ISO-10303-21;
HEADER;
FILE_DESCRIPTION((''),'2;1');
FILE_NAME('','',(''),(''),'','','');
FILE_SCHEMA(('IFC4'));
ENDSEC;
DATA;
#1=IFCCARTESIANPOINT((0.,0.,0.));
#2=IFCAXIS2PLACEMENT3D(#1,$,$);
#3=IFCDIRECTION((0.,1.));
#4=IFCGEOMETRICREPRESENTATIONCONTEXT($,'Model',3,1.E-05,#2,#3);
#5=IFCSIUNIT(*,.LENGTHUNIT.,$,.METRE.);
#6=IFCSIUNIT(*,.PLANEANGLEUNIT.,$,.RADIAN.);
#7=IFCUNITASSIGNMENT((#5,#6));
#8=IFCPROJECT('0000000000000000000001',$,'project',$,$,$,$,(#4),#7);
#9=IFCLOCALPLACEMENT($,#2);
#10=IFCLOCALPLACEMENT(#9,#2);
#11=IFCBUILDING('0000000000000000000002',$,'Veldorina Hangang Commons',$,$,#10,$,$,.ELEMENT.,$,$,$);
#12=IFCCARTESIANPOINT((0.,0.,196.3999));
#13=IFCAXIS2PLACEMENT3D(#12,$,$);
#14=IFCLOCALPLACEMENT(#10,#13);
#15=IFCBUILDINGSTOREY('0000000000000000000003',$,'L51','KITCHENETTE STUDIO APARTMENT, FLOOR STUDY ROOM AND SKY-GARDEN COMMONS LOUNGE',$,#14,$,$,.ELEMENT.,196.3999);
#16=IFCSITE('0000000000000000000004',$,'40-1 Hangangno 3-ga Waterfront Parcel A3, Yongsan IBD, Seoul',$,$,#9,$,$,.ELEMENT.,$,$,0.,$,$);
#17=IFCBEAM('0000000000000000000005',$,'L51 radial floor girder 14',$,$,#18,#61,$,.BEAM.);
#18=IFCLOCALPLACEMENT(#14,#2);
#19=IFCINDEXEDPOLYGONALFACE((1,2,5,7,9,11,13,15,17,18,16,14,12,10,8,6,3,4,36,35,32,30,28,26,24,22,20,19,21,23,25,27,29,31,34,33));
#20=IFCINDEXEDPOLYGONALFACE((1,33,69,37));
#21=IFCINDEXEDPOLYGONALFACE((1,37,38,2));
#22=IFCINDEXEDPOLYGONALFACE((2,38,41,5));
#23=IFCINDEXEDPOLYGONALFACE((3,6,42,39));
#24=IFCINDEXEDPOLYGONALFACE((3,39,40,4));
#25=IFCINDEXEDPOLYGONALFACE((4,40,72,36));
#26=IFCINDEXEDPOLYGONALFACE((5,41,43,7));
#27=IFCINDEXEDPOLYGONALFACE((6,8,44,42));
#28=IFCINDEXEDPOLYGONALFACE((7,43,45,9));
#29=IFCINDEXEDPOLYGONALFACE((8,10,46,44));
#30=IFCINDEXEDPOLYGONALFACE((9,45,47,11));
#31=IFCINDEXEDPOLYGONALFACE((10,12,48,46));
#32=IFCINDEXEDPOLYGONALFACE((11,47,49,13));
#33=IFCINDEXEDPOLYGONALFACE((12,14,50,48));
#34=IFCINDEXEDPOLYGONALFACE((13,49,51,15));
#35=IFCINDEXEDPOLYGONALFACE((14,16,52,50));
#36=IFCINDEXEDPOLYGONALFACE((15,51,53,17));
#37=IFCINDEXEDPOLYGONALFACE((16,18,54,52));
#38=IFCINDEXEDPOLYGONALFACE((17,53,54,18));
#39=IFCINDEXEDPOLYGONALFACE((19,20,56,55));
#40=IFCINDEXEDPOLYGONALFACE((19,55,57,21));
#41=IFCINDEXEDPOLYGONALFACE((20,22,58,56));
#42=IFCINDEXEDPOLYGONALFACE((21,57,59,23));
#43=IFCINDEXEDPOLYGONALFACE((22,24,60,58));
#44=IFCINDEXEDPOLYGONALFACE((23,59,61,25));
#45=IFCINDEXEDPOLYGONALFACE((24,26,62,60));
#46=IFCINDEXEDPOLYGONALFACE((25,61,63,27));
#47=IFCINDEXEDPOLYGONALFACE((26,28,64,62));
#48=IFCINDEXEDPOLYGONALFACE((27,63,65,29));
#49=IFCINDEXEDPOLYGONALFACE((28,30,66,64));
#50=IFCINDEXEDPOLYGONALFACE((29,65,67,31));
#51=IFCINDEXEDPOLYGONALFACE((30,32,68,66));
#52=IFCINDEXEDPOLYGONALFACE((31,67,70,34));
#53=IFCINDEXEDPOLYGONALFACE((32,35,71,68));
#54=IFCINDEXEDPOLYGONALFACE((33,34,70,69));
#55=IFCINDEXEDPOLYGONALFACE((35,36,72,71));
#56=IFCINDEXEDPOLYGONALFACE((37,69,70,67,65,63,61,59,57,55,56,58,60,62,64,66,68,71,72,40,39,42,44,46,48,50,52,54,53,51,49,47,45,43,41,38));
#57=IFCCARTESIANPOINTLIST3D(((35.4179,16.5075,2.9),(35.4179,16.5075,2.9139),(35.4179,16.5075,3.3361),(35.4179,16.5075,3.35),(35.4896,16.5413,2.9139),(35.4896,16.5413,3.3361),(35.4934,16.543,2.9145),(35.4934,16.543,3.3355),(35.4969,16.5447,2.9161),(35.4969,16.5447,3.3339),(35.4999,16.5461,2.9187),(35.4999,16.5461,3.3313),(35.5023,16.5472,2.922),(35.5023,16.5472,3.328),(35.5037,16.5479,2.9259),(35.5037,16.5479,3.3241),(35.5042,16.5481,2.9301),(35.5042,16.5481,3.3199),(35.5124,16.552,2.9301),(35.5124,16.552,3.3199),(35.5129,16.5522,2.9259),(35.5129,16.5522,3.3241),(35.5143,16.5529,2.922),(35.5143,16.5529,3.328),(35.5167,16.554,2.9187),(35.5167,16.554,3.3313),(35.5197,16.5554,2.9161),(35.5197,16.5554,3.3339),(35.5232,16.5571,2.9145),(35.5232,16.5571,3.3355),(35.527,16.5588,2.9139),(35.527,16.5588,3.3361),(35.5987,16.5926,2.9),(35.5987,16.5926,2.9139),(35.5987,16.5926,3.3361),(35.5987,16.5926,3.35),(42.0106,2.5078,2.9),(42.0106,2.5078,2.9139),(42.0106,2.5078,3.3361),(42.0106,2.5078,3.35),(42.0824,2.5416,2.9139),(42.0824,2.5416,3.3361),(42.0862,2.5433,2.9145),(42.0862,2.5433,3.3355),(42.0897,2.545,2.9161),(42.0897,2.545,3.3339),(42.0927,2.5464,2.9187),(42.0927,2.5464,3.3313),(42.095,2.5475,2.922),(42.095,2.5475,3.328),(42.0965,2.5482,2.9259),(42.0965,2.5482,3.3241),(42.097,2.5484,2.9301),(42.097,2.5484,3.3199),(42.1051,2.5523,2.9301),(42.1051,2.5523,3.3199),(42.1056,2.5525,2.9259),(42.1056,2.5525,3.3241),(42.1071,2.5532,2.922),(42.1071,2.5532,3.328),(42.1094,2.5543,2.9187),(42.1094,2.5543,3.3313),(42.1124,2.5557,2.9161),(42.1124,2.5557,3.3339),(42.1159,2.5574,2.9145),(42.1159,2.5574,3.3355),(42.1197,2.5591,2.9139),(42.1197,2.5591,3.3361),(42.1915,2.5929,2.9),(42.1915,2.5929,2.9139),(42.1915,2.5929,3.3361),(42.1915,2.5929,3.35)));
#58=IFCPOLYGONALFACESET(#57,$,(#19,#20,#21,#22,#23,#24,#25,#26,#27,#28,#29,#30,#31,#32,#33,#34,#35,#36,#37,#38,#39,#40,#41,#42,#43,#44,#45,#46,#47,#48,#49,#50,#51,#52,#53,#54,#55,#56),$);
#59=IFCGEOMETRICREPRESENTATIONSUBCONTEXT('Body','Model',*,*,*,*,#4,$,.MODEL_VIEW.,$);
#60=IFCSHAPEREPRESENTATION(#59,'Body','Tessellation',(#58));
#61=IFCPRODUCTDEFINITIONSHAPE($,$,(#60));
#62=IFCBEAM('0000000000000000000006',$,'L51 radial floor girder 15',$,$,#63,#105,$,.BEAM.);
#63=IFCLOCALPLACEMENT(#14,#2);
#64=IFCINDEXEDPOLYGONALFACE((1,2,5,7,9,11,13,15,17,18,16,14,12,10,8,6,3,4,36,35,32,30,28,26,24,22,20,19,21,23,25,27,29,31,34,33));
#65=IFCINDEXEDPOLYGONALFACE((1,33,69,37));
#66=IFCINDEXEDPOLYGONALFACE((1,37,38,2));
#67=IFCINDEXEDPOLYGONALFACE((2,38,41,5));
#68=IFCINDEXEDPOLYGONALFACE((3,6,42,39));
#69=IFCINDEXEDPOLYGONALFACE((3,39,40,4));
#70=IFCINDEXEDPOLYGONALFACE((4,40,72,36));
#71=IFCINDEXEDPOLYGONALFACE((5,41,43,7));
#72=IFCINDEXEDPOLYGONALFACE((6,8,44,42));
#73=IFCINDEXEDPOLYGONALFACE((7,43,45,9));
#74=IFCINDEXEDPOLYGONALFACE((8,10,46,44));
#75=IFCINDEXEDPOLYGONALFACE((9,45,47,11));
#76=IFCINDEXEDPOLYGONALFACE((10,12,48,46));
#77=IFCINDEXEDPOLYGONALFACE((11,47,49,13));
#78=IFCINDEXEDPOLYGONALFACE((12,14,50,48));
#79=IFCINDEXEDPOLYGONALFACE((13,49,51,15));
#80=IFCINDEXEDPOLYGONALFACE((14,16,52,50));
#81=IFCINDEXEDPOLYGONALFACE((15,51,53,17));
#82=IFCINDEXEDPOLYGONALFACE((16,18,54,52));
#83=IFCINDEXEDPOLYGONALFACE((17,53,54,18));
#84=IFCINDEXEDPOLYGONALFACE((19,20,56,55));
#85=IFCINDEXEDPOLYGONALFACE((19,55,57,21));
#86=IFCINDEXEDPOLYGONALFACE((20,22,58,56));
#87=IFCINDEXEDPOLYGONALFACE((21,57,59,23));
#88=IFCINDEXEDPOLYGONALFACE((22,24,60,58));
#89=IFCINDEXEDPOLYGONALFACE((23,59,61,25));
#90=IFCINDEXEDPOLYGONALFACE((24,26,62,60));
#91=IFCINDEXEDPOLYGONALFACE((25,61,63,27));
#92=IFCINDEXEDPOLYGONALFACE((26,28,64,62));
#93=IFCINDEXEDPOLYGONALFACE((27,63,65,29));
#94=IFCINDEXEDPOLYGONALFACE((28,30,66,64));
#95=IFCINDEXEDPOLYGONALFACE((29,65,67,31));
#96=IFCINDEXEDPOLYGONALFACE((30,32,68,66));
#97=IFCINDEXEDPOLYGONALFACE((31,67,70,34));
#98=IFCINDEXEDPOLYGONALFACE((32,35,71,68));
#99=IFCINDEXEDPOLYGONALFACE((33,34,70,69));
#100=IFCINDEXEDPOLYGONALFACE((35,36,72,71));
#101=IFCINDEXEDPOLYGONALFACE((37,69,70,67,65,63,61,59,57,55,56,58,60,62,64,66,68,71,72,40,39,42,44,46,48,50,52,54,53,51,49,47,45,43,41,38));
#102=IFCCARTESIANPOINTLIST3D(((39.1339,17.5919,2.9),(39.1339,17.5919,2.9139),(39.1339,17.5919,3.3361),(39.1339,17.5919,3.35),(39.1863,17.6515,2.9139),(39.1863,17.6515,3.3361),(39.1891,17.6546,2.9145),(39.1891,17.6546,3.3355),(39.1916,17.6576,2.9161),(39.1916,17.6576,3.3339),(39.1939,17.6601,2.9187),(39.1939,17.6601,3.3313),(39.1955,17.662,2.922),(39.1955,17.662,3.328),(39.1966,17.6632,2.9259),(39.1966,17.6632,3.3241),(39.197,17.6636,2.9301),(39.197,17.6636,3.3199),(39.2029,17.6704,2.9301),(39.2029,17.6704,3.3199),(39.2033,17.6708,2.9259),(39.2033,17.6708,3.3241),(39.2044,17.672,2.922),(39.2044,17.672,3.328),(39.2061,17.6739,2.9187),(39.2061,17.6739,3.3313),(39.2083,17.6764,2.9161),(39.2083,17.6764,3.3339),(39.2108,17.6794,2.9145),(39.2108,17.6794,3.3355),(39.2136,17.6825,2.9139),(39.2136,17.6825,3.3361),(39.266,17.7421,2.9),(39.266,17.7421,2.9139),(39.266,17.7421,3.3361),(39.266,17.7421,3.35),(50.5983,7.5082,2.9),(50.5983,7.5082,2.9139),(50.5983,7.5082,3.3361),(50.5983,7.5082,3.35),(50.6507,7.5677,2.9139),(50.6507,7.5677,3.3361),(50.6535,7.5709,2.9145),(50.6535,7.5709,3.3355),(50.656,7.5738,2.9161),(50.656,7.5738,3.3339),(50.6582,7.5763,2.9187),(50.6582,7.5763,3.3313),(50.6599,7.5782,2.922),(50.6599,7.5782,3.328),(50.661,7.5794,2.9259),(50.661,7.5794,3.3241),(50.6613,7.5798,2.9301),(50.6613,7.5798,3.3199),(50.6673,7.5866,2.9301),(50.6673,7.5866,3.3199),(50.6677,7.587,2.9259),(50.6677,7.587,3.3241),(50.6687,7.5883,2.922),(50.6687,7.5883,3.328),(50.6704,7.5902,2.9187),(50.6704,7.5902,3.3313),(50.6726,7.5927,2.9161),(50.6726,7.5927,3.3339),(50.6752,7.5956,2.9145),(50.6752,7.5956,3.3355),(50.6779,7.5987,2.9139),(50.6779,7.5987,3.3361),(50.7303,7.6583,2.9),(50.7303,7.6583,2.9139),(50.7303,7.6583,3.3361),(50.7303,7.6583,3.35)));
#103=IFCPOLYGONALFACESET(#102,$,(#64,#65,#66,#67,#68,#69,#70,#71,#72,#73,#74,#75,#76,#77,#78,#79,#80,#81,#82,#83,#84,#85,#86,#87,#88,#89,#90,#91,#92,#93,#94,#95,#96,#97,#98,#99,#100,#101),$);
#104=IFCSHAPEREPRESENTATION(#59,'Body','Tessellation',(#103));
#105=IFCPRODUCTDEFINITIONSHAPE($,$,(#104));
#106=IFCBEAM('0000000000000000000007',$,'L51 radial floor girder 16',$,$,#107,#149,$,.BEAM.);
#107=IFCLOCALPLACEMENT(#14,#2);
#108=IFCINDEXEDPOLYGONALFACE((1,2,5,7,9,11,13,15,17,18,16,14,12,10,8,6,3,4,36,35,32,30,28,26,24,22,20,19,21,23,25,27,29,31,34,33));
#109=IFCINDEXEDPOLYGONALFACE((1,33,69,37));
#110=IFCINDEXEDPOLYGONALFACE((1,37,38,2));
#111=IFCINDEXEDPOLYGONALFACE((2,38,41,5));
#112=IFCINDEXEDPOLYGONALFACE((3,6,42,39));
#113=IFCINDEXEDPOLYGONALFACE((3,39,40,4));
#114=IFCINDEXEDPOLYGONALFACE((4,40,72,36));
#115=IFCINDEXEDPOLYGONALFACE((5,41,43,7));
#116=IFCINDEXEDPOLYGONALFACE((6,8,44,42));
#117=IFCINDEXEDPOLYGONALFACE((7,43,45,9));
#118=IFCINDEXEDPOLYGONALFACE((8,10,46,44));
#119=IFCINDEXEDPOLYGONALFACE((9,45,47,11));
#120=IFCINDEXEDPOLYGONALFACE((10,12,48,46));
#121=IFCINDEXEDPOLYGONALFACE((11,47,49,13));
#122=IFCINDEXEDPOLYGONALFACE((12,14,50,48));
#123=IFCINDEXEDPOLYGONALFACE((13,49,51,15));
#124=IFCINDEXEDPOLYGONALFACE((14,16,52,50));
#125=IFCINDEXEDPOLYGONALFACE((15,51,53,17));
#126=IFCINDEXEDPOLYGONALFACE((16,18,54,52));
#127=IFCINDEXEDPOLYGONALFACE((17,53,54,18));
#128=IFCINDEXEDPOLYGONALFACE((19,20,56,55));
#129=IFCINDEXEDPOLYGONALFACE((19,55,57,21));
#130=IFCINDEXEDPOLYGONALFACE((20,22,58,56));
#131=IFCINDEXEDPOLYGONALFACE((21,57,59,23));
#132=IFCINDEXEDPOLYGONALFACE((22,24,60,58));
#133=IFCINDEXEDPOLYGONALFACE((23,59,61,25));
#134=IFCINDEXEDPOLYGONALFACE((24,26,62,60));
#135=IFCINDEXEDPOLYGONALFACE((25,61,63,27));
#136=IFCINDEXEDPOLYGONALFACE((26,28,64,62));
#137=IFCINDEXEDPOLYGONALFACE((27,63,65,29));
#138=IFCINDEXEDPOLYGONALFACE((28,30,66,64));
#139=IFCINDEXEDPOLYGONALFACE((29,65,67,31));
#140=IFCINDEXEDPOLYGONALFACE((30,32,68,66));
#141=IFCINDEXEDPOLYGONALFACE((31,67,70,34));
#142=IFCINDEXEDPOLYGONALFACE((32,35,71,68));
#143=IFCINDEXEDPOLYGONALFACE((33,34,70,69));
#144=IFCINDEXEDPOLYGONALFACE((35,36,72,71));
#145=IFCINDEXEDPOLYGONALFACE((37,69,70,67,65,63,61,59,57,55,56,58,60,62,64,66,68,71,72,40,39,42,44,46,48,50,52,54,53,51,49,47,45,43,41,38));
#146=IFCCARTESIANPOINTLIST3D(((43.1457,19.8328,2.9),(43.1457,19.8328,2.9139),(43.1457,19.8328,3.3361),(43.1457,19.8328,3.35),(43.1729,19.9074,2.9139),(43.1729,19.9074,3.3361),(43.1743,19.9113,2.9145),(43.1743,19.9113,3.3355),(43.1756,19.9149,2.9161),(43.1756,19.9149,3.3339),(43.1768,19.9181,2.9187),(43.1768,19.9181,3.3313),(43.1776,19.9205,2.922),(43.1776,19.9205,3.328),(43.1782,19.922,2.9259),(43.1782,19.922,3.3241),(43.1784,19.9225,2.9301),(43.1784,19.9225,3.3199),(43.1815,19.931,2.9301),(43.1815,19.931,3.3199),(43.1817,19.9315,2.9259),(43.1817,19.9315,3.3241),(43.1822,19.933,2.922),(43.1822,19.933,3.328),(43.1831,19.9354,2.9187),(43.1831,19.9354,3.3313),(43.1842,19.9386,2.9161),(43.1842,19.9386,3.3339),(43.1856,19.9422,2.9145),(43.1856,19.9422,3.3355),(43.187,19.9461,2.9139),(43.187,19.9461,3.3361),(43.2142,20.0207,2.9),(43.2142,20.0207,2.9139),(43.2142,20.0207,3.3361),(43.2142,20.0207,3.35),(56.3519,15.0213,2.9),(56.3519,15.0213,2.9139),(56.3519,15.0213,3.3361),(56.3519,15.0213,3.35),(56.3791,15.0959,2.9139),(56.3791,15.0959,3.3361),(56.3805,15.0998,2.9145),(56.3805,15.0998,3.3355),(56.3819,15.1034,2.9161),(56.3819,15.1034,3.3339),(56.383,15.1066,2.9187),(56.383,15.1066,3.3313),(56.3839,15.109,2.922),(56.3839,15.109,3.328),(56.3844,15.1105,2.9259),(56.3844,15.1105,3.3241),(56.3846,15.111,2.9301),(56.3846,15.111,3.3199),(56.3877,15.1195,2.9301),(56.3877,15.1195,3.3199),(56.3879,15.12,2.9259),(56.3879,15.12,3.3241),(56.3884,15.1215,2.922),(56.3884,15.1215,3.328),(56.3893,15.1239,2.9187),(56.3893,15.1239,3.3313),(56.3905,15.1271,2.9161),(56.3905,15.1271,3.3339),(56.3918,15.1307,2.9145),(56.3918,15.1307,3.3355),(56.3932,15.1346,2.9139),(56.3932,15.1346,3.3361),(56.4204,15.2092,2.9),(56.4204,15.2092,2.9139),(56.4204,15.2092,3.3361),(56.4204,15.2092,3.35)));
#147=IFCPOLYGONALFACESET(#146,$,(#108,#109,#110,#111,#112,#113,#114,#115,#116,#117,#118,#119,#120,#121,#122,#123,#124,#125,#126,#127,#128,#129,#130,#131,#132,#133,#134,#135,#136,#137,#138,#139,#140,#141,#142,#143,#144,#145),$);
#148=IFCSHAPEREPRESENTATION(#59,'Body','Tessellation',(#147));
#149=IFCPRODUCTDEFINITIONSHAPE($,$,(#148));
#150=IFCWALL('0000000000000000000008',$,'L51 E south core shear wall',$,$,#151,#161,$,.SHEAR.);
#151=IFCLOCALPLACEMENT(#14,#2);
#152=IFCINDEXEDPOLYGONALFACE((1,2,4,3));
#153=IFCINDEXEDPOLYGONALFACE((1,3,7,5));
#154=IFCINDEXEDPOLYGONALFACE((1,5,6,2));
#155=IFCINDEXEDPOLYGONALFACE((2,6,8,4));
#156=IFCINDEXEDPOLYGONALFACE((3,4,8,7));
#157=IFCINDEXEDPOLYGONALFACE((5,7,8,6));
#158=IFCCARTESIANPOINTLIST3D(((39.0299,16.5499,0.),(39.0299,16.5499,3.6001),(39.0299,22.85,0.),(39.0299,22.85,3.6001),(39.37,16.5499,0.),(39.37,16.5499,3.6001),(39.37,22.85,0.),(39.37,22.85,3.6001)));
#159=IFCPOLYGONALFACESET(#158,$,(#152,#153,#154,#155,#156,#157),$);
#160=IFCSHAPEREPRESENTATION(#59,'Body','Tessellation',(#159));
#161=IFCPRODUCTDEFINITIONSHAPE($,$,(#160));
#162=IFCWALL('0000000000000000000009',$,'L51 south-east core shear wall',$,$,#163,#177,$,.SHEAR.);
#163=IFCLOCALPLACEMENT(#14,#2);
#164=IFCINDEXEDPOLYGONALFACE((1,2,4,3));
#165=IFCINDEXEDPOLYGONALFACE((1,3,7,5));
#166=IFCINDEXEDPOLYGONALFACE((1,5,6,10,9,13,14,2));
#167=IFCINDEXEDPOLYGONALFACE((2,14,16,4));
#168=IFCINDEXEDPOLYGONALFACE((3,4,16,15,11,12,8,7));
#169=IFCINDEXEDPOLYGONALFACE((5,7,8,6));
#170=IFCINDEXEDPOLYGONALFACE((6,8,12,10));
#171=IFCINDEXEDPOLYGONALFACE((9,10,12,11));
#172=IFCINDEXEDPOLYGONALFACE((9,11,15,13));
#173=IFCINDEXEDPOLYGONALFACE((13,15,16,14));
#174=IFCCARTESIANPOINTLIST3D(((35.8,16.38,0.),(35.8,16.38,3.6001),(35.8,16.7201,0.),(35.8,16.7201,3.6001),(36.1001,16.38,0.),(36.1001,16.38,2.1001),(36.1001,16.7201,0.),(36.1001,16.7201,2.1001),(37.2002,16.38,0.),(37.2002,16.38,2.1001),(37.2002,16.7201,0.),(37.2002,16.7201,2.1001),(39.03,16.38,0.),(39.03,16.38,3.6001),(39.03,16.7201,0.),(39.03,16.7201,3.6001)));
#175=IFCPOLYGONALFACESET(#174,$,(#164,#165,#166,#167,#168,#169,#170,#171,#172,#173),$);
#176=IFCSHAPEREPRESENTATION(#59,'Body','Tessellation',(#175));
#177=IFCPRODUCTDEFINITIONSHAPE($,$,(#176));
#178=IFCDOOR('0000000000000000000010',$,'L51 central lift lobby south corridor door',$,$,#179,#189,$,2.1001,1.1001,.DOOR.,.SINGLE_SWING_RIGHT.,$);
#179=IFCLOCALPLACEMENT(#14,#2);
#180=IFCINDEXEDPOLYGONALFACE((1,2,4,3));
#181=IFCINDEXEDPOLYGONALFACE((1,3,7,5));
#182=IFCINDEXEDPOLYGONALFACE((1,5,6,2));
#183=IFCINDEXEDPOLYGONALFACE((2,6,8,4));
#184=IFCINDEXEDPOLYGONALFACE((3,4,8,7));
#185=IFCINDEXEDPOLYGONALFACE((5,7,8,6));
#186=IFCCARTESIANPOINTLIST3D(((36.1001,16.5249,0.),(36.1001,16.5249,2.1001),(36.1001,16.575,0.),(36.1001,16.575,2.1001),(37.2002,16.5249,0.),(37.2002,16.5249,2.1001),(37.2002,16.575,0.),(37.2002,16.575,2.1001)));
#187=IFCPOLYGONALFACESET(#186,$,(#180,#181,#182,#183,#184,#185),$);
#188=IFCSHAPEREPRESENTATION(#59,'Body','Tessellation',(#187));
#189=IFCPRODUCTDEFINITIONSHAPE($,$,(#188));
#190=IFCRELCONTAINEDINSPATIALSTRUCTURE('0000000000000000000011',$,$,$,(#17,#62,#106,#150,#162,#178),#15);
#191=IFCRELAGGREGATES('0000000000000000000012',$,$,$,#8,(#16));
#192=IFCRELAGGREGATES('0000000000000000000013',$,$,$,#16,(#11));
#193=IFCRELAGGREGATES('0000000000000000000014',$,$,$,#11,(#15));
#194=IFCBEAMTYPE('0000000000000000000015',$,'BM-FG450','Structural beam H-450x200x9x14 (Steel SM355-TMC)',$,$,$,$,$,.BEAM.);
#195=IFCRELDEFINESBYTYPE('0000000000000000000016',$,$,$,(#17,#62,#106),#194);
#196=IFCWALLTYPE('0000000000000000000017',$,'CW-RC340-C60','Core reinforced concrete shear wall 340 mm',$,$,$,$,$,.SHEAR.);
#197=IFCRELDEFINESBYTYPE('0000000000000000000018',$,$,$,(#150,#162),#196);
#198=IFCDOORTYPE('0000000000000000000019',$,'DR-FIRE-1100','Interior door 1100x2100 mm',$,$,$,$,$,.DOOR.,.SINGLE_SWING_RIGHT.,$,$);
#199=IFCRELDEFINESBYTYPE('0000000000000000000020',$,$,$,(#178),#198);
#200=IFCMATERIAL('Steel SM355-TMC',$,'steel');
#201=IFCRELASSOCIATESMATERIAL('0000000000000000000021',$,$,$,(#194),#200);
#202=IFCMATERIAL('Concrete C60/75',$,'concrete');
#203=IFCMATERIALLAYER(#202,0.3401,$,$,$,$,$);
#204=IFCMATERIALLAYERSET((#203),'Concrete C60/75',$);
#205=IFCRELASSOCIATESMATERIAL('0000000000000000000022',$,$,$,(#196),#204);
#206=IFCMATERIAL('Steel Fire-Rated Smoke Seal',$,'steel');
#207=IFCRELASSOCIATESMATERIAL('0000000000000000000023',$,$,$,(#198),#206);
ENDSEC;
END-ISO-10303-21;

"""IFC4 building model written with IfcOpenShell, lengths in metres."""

from ifc_helpers import new_model, si_unit, direction, frame, frame_2d, origin, origin_2d, place, context, subcontext, project, spatial, rectangle, i_section, extrude, material, layer, layer_set, material_profile, profile_set, type_object, element, fill, save


model = new_model("IFC4")

# Units and contexts
model_context = context("Model", 3, precision=1e-05, world=origin(), true_north=direction((0.0, 1.0)))
body_context = subcontext(model_context, "Body", "Model", "MODEL_VIEW")
ifc_project = project(units=[si_unit("LENGTHUNIT", "METRE"), si_unit("PLANEANGLEUNIT", "RADIAN")], contexts=[model_context])

# Site, building, storey
site_placement = place(None, origin())
site = spatial("IfcSite", under=ifc_project, at=site_placement, Name="40-1 Hangangno 3-ga Waterfront Parcel A3, Yongsan IBD, Seoul", CompositionType="ELEMENT", RefElevation=0.0)
building_placement = place(site_placement, origin())
building = spatial("IfcBuilding", under=site, at=building_placement, Name="Veldorina Hangang Commons", CompositionType="ELEMENT")
storey_placement = place(building_placement, frame((0.0, 0.0, 196.3999)))
storey = spatial("IfcBuildingStorey", under=building, at=storey_placement, Name="L51", Description="KITCHENETTE STUDIO APARTMENT, FLOOR STUDY ROOM AND SKY-GARDEN COMMONS LOUNGE", CompositionType="ELEMENT", Elevation=196.3999)

# Beams
ifc_material_1 = material(Name="Steel SM355-TMC", Category="steel")
ifc_material_profile = material_profile(ifc_material_1, i_section(OverallWidth=0.2, OverallDepth=0.45, WebThickness=0.009, FlangeThickness=0.0139, FilletRadius=0.0161, at=origin_2d()), Name="H-450x200x9x14")
ifc_profile_set = profile_set([ifc_material_profile], Name="Steel SM355-TMC")
beam_type = type_object("IfcBeamType", Name="BM-FG450", Description="Structural beam H-450x200x9x14 (Steel SM355-TMC)", PredefinedType="BEAM", material=ifc_profile_set)
beam_1_placement = place(storey_placement, frame((35.5083, 16.55, 3.125), z_axis=(0.426043, -0.904703, 0.0), x_axis=(0.904703, 0.426043, 0.0)))
element("IfcBeam", 1, at=beam_1_placement, inside=storey, type_object=beam_type, Name="L51 radial floor girder 14", PredefinedType="BEAM", context=body_context, shape_type="SweptSolid", body=[
    extrude(i_section(OverallWidth=0.2, OverallDepth=0.45, WebThickness=0.009, FlangeThickness=0.0139, FilletRadius=0.0161, at=origin_2d()), origin(), (0.0, 0.0, 1.0), 15.4744),
])
beam_2_placement = place(storey_placement, frame((39.2, 17.667, 3.125), z_axis=(0.750872, -0.660447, 0.0), x_axis=(0.660447, 0.750872, 0.0)))
element("IfcBeam", 2, at=beam_2_placement, inside=storey, type_object=beam_type, Name="L51 radial floor girder 15", PredefinedType="BEAM", context=body_context, shape_type="SweptSolid", body=[
    extrude(i_section(OverallWidth=0.2, OverallDepth=0.45, WebThickness=0.009, FlangeThickness=0.0139, FilletRadius=0.0161, at=origin_2d()), origin(), (0.0, 0.0, 1.0), 15.2681),
])
beam_3_placement = place(storey_placement, frame((43.1799, 19.9268, 3.125), z_axis=(0.939582, -0.342323, 0.0), x_axis=(0.342323, 0.939582, 0.0)))
element("IfcBeam", 3, at=beam_3_placement, inside=storey, type_object=beam_type, Name="L51 radial floor girder 16", PredefinedType="BEAM", context=body_context, shape_type="SweptSolid", body=[
    extrude(i_section(OverallWidth=0.2, OverallDepth=0.45, WebThickness=0.009, FlangeThickness=0.0139, FilletRadius=0.0161, at=origin_2d()), origin(), (0.0, 0.0, 1.0), 14.0554),
])

# Wall
ifc_material_2 = material(Name="Concrete C60/75", Category="concrete")
ifc_layer_1 = layer(ifc_material_2, 0.3401)
ifc_layer_set_1 = layer_set([ifc_layer_1], Name="Concrete C60/75")
wall_type_1 = type_object("IfcWallType", Name="CW-RC340-C60", Description="Core reinforced concrete shear wall 340 mm", PredefinedType="SHEAR", material=ifc_layer_set_1)
wall_1_placement = place(storey_placement, frame((39.2, 16.55, 0.0), z_axis=(0.0, 0.0, 1.0), x_axis=(0.0, 1.0, 0.0)))
element("IfcWall", 4, at=wall_1_placement, inside=storey, type_object=wall_type_1, Name="L51 E south core shear wall", PredefinedType="SHEAR", context=body_context, shape_type="SweptSolid", body=[
    extrude(rectangle(XDim=6.3, YDim=0.3401, at=frame_2d((3.1499, 0.0))), origin(), (0.0, 0.0, 1.0), 3.6001),
])

# Wall, opening, door
wall_2_placement = place(storey_placement, frame((35.8, 16.55, 0.0), z_axis=(0.0, 0.0, 1.0), x_axis=(1.0, 0.0, 0.0)))
wall_2 = element("IfcWall", 5, at=wall_2_placement, inside=storey, type_object=wall_type_1, Name="L51 south-east core shear wall", PredefinedType="SHEAR", context=body_context, shape_type="SweptSolid", body=[
    extrude(rectangle(XDim=3.23, YDim=0.3401, at=frame_2d((1.615, 0.0))), origin(), (0.0, 0.0, 1.0), 3.6001),
])
opening_1_placement = place(wall_2_placement, frame((0.3, 0.0, 0.0)))
opening_1 = element("IfcOpeningElement", 6, at=opening_1_placement, cuts=wall_2, PredefinedType="OPENING", context=body_context, shape_type="SweptSolid", body=[
    extrude(rectangle(XDim=1.1001, YDim=2.1001, at=frame_2d((0.55, 1.05))), frame((0.0, 0.1802, 0.0), z_axis=(0.0, -1.0, 0.0), x_axis=(1.0, 0.0, 0.0)), (0.0, 0.0, 1.0), 0.3601),
])
ifc_material_3 = material(Name="Steel Fire-Rated Smoke Seal", Category="steel")
door_type_1 = type_object("IfcDoorType", Name="DR-FIRE-1100", Description="Interior door 1100x2100 mm", OperationType="SINGLE_SWING_RIGHT", PredefinedType="DOOR", material=ifc_material_3)
door_1_placement = place(opening_1_placement, origin())
door_1 = element("IfcDoor", 7, at=door_1_placement, inside=storey, type_object=door_type_1, Name="L51 central lift lobby south corridor door", OperationType="SINGLE_SWING_RIGHT", OverallHeight=2.1001, OverallWidth=1.1001, PredefinedType="DOOR", context=body_context, shape_type="SweptSolid", body=[
    extrude(rectangle(XDim=1.1001, YDim=2.1001, at=frame_2d((0.55, 1.05))), frame((0.0, 0.0249, 0.0), z_axis=(0.0, -1.0, 0.0), x_axis=(1.0, 0.0, 0.0)), (0.0, 0.0, 1.0), 0.05),
])
fill(opening_1, door_1)

save(model, "model.ifc")
